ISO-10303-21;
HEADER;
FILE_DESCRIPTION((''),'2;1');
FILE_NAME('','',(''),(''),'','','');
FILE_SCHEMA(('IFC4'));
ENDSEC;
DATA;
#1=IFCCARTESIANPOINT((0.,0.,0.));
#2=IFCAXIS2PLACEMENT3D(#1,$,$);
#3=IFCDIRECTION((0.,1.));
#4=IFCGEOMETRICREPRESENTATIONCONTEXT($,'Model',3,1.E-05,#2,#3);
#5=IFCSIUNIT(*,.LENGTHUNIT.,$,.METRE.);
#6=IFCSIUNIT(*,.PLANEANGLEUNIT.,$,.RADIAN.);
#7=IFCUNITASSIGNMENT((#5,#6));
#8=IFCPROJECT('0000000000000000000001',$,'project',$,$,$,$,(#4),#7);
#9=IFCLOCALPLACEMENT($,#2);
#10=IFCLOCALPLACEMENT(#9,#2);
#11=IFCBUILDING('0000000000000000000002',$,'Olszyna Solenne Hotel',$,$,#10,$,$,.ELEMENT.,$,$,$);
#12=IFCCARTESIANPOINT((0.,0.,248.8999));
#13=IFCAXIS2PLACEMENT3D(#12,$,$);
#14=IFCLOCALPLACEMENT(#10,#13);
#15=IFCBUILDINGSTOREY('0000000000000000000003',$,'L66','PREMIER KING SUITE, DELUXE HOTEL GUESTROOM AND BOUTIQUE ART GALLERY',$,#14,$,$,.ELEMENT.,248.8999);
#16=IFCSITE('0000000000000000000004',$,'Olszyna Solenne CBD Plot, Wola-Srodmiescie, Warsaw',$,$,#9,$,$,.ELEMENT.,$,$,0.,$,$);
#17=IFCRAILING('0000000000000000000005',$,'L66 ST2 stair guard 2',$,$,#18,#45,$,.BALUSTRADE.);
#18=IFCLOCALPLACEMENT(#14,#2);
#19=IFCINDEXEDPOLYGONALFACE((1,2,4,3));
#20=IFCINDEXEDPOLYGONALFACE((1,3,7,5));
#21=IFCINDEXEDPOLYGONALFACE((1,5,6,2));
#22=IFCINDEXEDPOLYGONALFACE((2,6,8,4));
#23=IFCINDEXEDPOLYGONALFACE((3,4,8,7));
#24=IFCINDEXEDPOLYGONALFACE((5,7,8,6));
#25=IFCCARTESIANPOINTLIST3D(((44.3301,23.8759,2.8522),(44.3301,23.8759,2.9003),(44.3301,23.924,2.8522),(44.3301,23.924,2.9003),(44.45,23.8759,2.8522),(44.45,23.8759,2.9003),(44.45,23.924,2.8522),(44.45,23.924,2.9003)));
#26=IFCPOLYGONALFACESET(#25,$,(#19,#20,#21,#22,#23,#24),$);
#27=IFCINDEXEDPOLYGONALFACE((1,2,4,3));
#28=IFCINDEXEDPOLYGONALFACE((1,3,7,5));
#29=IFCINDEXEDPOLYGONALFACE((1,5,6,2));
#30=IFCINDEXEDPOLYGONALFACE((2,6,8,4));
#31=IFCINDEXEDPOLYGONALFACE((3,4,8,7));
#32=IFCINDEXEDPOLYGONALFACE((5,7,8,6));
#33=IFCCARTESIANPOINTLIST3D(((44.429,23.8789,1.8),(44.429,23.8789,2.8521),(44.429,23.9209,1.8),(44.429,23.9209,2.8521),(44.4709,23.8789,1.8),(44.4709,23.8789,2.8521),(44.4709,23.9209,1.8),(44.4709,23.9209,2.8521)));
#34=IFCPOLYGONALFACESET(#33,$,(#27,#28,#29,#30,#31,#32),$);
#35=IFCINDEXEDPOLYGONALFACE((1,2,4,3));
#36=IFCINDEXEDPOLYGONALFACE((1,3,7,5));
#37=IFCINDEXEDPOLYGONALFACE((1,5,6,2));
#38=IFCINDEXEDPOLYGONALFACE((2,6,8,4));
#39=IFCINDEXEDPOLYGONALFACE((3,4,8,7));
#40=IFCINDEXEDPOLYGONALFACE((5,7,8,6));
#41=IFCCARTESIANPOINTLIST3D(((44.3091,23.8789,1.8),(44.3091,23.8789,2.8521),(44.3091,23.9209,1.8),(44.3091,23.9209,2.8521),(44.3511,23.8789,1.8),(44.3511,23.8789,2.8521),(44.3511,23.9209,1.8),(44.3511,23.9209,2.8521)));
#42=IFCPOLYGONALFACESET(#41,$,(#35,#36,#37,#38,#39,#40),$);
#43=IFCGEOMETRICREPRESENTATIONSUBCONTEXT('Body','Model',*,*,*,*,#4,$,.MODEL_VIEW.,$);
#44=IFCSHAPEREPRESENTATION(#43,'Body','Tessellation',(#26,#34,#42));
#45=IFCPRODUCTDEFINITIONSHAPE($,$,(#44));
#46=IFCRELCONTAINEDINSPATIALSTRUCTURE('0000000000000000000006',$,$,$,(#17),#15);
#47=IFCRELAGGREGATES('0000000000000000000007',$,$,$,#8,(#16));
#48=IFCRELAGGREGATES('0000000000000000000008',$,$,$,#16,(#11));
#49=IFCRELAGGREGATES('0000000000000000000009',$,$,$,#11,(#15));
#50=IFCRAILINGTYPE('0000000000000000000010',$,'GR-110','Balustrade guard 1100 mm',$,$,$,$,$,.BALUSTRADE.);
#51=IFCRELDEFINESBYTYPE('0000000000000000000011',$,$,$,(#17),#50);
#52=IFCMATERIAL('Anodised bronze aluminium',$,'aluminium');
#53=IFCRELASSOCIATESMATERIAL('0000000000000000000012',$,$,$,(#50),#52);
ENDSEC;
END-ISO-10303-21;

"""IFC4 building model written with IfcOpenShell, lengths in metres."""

from ifc_helpers import new_model, si_unit, direction, frame, origin, origin_2d, place, context, subcontext, project, spatial, rectangle, extrude, material, type_object, element, save


model = new_model("IFC4")

# Units and contexts
model_context = context("Model", 3, precision=1e-05, world=origin(), true_north=direction((0.0, 1.0)))
body_context = subcontext(model_context, "Body", "Model", "MODEL_VIEW")
ifc_project = project(units=[si_unit("LENGTHUNIT", "METRE"), si_unit("PLANEANGLEUNIT", "RADIAN")], contexts=[model_context])

# Site, building, storey
site_placement = place(None, origin())
site = spatial("IfcSite", under=ifc_project, at=site_placement, Name="Olszyna Solenne CBD Plot, Wola-Srodmiescie, Warsaw", CompositionType="ELEMENT", RefElevation=0.0)
building_placement = place(site_placement, origin())
building = spatial("IfcBuilding", under=site, at=building_placement, Name="Olszyna Solenne Hotel", CompositionType="ELEMENT")
storey_placement = place(building_placement, frame((0.0, 0.0, 248.8999)))
storey = spatial("IfcBuildingStorey", under=building, at=storey_placement, Name="L66", Description="PREMIER KING SUITE, DELUXE HOTEL GUESTROOM AND BOUTIQUE ART GALLERY", CompositionType="ELEMENT", Elevation=248.8999)

# Shared definitions
ifc_material_1 = material(Name="Anodised bronze aluminium", Category="aluminium")

# Railing
railing_type = type_object("IfcRailingType", Name="GR-110", Description="Balustrade guard 1100 mm", PredefinedType="BALUSTRADE", material=ifc_material_1)
railing_placement = place(storey_placement, frame((44.45, 23.8999, 1.8)))
element("IfcRailing", 1, at=railing_placement, inside=storey, type_object=railing_type, Name="L66 ST2 stair guard 2", PredefinedType="BALUSTRADE", context=body_context, shape_type="SweptSolid", body=[
    extrude(rectangle(XDim=0.0481, YDim=0.0481, at=origin_2d()), frame((0.0, 0.0, 1.0762), z_axis=(-1.0, 0.0, 0.0), x_axis=(0.0, -1.0, 0.0)), (0.0, 0.0, 1.0), 0.1199),
    extrude(rectangle(XDim=0.042, YDim=0.042, at=origin_2d()), origin(), (0.0, 0.0, 1.0), 1.052),
    extrude(rectangle(XDim=0.042, YDim=0.042, at=origin_2d()), frame((-0.1199, 0.0, 0.0)), (0.0, 0.0, 1.0), 1.052),
])

save(model, "model.ifc")
